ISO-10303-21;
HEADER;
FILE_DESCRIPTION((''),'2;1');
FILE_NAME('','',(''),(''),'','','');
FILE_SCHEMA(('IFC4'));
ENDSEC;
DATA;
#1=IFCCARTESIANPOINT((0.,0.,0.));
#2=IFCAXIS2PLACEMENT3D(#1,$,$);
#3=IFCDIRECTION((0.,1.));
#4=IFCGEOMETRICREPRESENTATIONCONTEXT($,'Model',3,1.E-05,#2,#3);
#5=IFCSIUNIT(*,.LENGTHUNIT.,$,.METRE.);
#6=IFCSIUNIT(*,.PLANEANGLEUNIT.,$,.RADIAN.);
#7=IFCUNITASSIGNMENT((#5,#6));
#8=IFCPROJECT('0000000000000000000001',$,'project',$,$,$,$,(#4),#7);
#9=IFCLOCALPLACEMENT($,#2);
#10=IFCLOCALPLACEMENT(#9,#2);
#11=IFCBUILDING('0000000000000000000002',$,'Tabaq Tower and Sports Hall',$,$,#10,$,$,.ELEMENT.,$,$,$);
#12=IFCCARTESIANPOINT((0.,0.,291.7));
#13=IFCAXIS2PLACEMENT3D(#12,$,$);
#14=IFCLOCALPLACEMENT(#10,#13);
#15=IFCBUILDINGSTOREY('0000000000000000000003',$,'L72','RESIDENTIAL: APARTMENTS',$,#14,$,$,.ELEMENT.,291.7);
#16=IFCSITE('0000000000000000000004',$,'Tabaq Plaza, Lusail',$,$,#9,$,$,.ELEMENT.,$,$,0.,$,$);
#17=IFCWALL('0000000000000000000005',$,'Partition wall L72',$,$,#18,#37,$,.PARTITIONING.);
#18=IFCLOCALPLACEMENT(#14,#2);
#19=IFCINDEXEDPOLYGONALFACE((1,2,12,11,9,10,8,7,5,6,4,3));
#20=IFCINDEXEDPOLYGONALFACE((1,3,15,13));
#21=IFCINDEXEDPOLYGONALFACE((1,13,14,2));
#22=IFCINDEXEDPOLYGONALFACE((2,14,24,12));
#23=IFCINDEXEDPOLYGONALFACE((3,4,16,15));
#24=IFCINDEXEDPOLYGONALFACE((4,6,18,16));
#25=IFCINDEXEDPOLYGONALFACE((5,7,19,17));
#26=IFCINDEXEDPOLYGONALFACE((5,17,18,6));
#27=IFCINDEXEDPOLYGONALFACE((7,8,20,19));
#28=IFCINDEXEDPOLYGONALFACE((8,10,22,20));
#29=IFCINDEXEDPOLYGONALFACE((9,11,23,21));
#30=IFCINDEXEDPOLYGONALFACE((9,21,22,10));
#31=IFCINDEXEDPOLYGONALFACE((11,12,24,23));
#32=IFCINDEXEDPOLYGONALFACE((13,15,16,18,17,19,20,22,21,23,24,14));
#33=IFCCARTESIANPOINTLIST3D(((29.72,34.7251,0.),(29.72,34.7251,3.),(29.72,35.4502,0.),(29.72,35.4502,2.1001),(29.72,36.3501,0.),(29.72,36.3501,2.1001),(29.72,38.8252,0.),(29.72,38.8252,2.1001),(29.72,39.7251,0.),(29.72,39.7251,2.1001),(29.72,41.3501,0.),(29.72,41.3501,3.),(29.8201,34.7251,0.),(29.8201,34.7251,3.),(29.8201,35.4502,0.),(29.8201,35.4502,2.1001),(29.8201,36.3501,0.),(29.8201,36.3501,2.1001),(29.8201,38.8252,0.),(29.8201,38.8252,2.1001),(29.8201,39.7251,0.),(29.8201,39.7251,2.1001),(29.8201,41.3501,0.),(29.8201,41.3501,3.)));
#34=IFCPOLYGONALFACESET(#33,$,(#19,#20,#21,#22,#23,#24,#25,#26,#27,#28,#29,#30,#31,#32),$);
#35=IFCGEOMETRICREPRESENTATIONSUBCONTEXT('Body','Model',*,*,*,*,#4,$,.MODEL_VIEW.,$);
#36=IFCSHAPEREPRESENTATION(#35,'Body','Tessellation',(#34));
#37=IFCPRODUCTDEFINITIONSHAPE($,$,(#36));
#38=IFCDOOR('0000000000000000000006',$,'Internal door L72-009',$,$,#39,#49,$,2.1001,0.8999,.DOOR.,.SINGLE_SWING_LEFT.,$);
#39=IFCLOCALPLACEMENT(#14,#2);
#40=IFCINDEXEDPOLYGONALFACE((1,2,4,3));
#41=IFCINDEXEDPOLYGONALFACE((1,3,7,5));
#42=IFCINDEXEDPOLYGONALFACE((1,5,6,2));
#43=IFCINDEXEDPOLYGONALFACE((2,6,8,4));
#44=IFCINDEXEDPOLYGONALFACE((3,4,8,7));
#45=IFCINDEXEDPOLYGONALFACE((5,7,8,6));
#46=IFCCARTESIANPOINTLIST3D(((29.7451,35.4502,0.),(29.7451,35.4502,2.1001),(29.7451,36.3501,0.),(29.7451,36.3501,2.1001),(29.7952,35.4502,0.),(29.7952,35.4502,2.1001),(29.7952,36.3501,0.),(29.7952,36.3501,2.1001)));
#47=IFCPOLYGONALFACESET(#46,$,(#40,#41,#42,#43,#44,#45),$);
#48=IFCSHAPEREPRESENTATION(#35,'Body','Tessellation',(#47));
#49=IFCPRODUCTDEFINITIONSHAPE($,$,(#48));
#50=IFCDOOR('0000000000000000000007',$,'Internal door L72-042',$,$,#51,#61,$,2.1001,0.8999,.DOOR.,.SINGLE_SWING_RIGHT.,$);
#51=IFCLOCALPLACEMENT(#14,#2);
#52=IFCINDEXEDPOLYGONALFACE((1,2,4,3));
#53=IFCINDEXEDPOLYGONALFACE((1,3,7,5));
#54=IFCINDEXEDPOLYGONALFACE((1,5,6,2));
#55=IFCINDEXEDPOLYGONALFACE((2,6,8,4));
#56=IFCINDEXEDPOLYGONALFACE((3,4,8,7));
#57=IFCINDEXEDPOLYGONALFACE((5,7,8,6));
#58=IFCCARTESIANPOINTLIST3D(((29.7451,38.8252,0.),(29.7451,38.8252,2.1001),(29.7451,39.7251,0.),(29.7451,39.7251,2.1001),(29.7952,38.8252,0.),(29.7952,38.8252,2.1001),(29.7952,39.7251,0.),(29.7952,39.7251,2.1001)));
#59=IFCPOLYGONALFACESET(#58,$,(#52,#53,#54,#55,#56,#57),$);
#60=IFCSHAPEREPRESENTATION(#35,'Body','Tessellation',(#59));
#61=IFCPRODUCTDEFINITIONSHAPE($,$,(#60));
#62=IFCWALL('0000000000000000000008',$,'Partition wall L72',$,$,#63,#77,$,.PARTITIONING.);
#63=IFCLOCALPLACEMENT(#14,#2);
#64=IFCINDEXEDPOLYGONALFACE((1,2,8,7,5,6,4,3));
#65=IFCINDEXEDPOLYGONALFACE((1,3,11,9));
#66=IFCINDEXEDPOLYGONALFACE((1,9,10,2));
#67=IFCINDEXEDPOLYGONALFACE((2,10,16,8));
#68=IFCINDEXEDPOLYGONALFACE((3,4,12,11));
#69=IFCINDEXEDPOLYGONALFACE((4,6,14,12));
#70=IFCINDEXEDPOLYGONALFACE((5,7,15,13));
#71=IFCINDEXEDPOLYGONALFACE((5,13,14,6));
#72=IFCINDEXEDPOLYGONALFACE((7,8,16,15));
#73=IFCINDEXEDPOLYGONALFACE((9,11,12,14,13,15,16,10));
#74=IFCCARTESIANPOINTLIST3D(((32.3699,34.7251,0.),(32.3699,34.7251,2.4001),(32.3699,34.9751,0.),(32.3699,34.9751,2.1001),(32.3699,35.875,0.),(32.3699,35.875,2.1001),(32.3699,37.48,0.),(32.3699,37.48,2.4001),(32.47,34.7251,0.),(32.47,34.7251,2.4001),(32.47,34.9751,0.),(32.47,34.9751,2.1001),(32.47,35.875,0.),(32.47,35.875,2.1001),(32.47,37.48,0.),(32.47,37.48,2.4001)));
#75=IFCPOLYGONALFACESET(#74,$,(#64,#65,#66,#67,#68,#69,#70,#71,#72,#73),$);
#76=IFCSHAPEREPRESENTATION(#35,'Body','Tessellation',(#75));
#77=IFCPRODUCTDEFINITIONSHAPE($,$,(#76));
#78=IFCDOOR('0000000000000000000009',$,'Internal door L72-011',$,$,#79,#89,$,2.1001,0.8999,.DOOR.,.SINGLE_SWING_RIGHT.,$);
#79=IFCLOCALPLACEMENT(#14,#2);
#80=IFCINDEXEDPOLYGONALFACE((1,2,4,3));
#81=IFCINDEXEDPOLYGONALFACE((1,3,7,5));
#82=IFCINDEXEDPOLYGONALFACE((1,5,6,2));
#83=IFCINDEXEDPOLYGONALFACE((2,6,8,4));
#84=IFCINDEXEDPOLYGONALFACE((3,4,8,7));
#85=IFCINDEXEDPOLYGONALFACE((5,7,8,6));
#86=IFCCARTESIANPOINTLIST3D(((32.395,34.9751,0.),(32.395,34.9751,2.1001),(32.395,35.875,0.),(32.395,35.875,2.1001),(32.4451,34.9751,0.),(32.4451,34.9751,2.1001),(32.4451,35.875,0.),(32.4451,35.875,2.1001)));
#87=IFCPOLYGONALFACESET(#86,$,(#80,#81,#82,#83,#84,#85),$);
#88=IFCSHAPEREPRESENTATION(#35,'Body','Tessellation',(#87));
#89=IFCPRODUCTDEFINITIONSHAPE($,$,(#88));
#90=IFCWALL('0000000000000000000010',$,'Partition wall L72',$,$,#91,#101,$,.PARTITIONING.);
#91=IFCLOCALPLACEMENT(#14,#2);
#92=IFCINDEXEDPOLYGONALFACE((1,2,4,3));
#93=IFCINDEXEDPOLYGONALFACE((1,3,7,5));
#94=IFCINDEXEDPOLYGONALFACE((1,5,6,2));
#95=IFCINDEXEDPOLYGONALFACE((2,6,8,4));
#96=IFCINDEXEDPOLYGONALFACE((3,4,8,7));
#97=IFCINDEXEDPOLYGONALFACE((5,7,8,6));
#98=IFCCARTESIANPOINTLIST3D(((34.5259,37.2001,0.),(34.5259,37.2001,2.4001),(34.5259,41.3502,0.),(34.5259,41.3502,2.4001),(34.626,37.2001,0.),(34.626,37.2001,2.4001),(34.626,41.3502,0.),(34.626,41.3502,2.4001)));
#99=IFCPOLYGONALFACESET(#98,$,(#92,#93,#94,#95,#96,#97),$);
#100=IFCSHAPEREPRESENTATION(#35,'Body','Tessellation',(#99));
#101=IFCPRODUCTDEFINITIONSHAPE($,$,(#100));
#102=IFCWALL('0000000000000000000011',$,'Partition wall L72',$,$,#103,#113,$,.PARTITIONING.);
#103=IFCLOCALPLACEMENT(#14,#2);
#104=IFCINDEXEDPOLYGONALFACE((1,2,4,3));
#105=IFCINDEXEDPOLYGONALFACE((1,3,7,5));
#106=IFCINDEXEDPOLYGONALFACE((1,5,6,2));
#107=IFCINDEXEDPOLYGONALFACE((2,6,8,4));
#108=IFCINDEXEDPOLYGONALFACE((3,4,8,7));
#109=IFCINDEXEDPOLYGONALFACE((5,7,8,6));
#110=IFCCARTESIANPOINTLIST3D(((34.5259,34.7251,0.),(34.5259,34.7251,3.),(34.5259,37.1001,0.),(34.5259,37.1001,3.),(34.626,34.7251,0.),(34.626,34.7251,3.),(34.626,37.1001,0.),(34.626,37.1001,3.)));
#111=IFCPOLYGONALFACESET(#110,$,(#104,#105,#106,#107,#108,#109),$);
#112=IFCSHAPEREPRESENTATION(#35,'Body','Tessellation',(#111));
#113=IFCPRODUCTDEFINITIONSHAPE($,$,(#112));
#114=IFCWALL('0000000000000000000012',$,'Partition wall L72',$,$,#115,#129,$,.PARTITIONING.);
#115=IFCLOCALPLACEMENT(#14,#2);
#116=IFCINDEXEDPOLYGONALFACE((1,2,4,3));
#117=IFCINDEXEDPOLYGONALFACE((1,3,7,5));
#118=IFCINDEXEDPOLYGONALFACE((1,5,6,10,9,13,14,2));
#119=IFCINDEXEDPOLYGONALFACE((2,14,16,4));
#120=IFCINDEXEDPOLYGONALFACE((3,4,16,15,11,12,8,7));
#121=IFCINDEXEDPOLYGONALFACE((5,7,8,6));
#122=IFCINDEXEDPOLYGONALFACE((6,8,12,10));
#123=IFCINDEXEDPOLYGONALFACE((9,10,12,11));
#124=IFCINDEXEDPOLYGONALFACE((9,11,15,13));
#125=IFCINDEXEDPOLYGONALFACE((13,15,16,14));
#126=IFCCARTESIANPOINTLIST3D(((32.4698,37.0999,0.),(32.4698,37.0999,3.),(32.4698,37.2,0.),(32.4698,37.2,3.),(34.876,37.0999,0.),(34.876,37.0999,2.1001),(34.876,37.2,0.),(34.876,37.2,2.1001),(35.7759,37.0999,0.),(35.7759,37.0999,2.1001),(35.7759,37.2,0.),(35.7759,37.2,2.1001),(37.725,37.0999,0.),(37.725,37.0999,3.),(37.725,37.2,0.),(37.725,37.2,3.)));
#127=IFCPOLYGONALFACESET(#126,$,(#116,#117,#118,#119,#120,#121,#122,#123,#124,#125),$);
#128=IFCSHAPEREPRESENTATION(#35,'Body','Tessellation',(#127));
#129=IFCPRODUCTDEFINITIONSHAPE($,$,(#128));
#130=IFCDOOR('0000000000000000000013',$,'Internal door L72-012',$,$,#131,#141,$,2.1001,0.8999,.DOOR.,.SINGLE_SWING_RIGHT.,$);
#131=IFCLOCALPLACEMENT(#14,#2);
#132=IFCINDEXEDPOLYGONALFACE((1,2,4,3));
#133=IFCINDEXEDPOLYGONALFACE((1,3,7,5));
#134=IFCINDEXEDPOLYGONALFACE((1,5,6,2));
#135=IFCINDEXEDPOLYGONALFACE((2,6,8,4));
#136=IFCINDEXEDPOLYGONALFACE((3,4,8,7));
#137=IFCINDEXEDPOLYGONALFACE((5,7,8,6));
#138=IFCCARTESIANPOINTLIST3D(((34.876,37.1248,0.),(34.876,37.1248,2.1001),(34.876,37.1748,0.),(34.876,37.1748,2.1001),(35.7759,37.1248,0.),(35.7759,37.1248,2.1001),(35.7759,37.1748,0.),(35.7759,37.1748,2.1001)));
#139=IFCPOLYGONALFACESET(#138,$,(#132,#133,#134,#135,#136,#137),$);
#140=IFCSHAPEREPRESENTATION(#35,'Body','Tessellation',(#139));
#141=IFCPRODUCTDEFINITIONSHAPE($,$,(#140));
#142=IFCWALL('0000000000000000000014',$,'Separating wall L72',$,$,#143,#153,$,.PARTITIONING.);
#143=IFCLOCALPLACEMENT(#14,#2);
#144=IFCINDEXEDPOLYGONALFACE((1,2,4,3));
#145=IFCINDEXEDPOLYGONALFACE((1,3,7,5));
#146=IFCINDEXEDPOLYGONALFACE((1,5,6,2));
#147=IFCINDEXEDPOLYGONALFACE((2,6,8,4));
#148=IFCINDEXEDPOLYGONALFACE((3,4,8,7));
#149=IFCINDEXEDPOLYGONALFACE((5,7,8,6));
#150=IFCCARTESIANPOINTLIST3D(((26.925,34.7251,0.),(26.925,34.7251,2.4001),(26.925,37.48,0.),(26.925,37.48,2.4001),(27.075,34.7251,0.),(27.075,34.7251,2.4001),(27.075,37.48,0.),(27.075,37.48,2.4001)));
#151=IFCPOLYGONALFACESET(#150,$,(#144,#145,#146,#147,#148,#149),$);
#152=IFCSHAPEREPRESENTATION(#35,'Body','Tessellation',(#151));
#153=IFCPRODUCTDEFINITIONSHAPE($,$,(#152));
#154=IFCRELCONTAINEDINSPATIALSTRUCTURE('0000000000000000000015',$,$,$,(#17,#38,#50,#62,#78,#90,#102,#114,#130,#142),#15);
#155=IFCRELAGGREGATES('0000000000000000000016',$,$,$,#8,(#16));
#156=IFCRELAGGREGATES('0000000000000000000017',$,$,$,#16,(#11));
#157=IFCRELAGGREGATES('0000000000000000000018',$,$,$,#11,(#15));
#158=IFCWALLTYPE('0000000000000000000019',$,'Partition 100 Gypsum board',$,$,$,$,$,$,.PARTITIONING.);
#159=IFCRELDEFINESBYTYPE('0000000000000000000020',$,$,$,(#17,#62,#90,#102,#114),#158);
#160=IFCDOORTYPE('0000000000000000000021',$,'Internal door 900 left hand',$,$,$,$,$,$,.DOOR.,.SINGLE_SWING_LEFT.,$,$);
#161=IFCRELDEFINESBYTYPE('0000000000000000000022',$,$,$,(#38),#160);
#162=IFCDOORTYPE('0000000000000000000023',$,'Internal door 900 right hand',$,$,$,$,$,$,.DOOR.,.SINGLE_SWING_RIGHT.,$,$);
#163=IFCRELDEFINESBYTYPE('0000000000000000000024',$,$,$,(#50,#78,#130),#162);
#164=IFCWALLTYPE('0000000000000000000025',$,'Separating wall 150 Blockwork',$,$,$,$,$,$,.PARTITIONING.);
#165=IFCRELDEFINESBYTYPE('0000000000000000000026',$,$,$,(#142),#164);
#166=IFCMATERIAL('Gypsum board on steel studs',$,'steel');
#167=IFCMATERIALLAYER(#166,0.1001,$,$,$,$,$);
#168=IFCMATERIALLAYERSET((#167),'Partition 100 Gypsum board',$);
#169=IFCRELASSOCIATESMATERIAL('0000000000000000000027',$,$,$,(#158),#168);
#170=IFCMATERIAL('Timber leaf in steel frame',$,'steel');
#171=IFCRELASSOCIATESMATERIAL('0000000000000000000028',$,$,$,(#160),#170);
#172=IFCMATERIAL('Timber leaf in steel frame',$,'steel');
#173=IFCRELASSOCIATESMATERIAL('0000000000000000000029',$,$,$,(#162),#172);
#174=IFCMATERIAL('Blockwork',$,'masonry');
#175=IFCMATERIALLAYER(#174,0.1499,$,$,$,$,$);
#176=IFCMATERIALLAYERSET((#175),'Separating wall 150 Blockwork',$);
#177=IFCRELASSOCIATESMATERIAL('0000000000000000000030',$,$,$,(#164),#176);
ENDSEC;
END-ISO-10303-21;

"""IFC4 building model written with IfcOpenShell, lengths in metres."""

from ifc_helpers import new_model, si_unit, direction, frame, frame_2d, origin, place, context, subcontext, project, spatial, rectangle, extrude, material, layer, layer_set, type_object, element, fill, save


model = new_model("IFC4")

# Units and contexts
model_context = context("Model", 3, precision=1e-05, world=origin(), true_north=direction((0.0, 1.0)))
body_context = subcontext(model_context, "Body", "Model", "MODEL_VIEW")
ifc_project = project(units=[si_unit("LENGTHUNIT", "METRE"), si_unit("PLANEANGLEUNIT", "RADIAN")], contexts=[model_context])

# Site, building, storey
site_placement = place(None, origin())
site = spatial("IfcSite", under=ifc_project, at=site_placement, Name="Tabaq Plaza, Lusail", CompositionType="ELEMENT", RefElevation=0.0)
building_placement = place(site_placement, origin())
building = spatial("IfcBuilding", under=site, at=building_placement, Name="Tabaq Tower and Sports Hall", CompositionType="ELEMENT")
storey_placement = place(building_placement, frame((0.0, 0.0, 291.7)))
storey = spatial("IfcBuildingStorey", under=building, at=storey_placement, Name="L72", Description="RESIDENTIAL: APARTMENTS", CompositionType="ELEMENT", Elevation=291.7)

# Shared definitions
ifc_material_1 = material(Name="Gypsum board on steel studs", Category="steel")
ifc_layer_1 = layer(ifc_material_1, 0.1001)
ifc_layer_set_1 = layer_set([ifc_layer_1], Name="Partition 100 Gypsum board")
wall_type_1 = type_object("IfcWallType", Name="Partition 100 Gypsum board", PredefinedType="PARTITIONING", material=ifc_layer_set_1)

# Wall, openings, doors
wall_1_placement = place(storey_placement, frame((29.77, 34.7251, 0.0), z_axis=(0.0, 0.0, 1.0), x_axis=(0.0, 1.0, 0.0)))
wall_1 = element("IfcWall", 1, at=wall_1_placement, inside=storey, type_object=wall_type_1, Name="Partition wall L72", PredefinedType="PARTITIONING", context=body_context, shape_type="SweptSolid", body=[
    extrude(rectangle(XDim=6.625, YDim=0.1001, at=frame_2d((3.3125, 0.0))), origin(), (0.0, 0.0, 1.0), 3.0),
])
opening_1_placement = place(wall_1_placement, frame((0.7251, 0.0, 0.0)))
opening_1 = element("IfcOpeningElement", 2, at=opening_1_placement, cuts=wall_1, PredefinedType="OPENING", context=body_context, shape_type="SweptSolid", body=[
    extrude(rectangle(XDim=0.8999, YDim=2.1001, at=frame_2d((0.45, 1.05))), frame((0.0, 0.05, 0.0), z_axis=(0.0, -1.0, 0.0), x_axis=(1.0, 0.0, 0.0)), (0.0, 0.0, 1.0), 0.1001),
])
opening_2_placement = place(wall_1_placement, frame((4.1001, 0.0, 0.0)))
opening_2 = element("IfcOpeningElement", 3, at=opening_2_placement, cuts=wall_1, PredefinedType="OPENING", context=body_context, shape_type="SweptSolid", body=[
    extrude(rectangle(XDim=0.8999, YDim=2.1001, at=frame_2d((0.45, 1.05))), frame((0.0, 0.05, 0.0), z_axis=(0.0, -1.0, 0.0), x_axis=(1.0, 0.0, 0.0)), (0.0, 0.0, 1.0), 0.1001),
])
ifc_material_2 = material(Name="Timber leaf in steel frame", Category="steel")
door_type_1 = type_object("IfcDoorType", Name="Internal door 900 left hand", OperationType="SINGLE_SWING_LEFT", PredefinedType="DOOR", material=ifc_material_2)
door_1_placement = place(opening_1_placement, origin())
door_1 = element("IfcDoor", 4, at=door_1_placement, inside=storey, type_object=door_type_1, Name="Internal door L72-009", OperationType="SINGLE_SWING_LEFT", OverallHeight=2.1001, OverallWidth=0.8999, PredefinedType="DOOR", context=body_context, shape_type="SweptSolid", body=[
    extrude(rectangle(XDim=0.8999, YDim=2.1001, at=frame_2d((0.45, 1.05))), frame((0.0, 0.0249, 0.0), z_axis=(0.0, -1.0, 0.0), x_axis=(1.0, 0.0, 0.0)), (0.0, 0.0, 1.0), 0.05),
])
fill(opening_1, door_1)
ifc_material_3 = material(Name="Timber leaf in steel frame", Category="steel")
door_type_2 = type_object("IfcDoorType", Name="Internal door 900 right hand", OperationType="SINGLE_SWING_RIGHT", PredefinedType="DOOR", material=ifc_material_3)
door_2_placement = place(opening_2_placement, origin())
door_2 = element("IfcDoor", 5, at=door_2_placement, inside=storey, type_object=door_type_2, Name="Internal door L72-042", OperationType="SINGLE_SWING_RIGHT", OverallHeight=2.1001, OverallWidth=0.8999, PredefinedType="DOOR", context=body_context, shape_type="SweptSolid", body=[
    extrude(rectangle(XDim=0.8999, YDim=2.1001, at=frame_2d((0.45, 1.05))), frame((0.0, 0.0249, 0.0), z_axis=(0.0, -1.0, 0.0), x_axis=(1.0, 0.0, 0.0)), (0.0, 0.0, 1.0), 0.05),
])
fill(opening_2, door_2)

# Wall, opening, door
wall_2_placement = place(storey_placement, frame((32.4199, 34.7251, 0.0), z_axis=(0.0, 0.0, 1.0), x_axis=(0.0, 1.0, 0.0)))
wall_2 = element("IfcWall", 6, at=wall_2_placement, inside=storey, type_object=wall_type_1, Name="Partition wall L72", PredefinedType="PARTITIONING", context=body_context, shape_type="SweptSolid", body=[
    extrude(rectangle(XDim=2.7549, YDim=0.1001, at=frame_2d((1.3774, 0.0))), origin(), (0.0, 0.0, 1.0), 2.4001),
])
opening_3_placement = place(wall_2_placement, frame((0.25, 0.0, 0.0)))
opening_3 = element("IfcOpeningElement", 7, at=opening_3_placement, cuts=wall_2, PredefinedType="OPENING", context=body_context, shape_type="SweptSolid", body=[
    extrude(rectangle(XDim=0.8999, YDim=2.1001, at=frame_2d((0.45, 1.05))), frame((0.0, 0.05, 0.0), z_axis=(0.0, -1.0, 0.0), x_axis=(1.0, 0.0, 0.0)), (0.0, 0.0, 1.0), 0.1001),
])
door_3_placement = place(opening_3_placement, origin())
door_3 = element("IfcDoor", 8, at=door_3_placement, inside=storey, type_object=door_type_2, Name="Internal door L72-011", OperationType="SINGLE_SWING_RIGHT", OverallHeight=2.1001, OverallWidth=0.8999, PredefinedType="DOOR", context=body_context, shape_type="SweptSolid", body=[
    extrude(rectangle(XDim=0.8999, YDim=2.1001, at=frame_2d((0.45, 1.05))), frame((0.0, 0.0249, 0.0), z_axis=(0.0, -1.0, 0.0), x_axis=(1.0, 0.0, 0.0)), (0.0, 0.0, 1.0), 0.05),
])
fill(opening_3, door_3)

# Walls
wall_3_placement = place(storey_placement, frame((34.5759, 37.2, 0.0), z_axis=(0.0, 0.0, 1.0), x_axis=(0.0, 1.0, 0.0)))
element("IfcWall", 9, at=wall_3_placement, inside=storey, type_object=wall_type_1, Name="Partition wall L72", PredefinedType="PARTITIONING", context=body_context, shape_type="SweptSolid", body=[
    extrude(rectangle(XDim=4.1501, YDim=0.1001, at=frame_2d((2.0752, 0.0))), origin(), (0.0, 0.0, 1.0), 2.4001),
])
wall_4_placement = place(storey_placement, frame((34.5759, 34.7251, 0.0), z_axis=(0.0, 0.0, 1.0), x_axis=(0.0, 1.0, 0.0)))
element("IfcWall", 10, at=wall_4_placement, inside=storey, type_object=wall_type_1, Name="Partition wall L72", PredefinedType="PARTITIONING", context=body_context, shape_type="SweptSolid", body=[
    extrude(rectangle(XDim=2.375, YDim=0.1001, at=frame_2d((1.1875, 0.0))), origin(), (0.0, 0.0, 1.0), 3.0),
])

# Wall, opening, door
wall_5_placement = place(storey_placement, frame((32.47, 37.1499, 0.0), z_axis=(0.0, 0.0, 1.0), x_axis=(1.0, 0.0, 0.0)))
wall_5 = element("IfcWall", 11, at=wall_5_placement, inside=storey, type_object=wall_type_1, Name="Partition wall L72", PredefinedType="PARTITIONING", context=body_context, shape_type="SweptSolid", body=[
    extrude(rectangle(XDim=5.2551, YDim=0.1001, at=frame_2d((2.6274, 0.0))), origin(), (0.0, 0.0, 1.0), 3.0),
])
opening_4_placement = place(wall_5_placement, frame((2.406, 0.0, 0.0)))
opening_4 = element("IfcOpeningElement", 12, at=opening_4_placement, cuts=wall_5, PredefinedType="OPENING", context=body_context, shape_type="SweptSolid", body=[
    extrude(rectangle(XDim=0.8999, YDim=2.1001, at=frame_2d((0.45, 1.05))), frame((0.0, 0.05, 0.0), z_axis=(0.0, -1.0, 0.0), x_axis=(1.0, 0.0, 0.0)), (0.0, 0.0, 1.0), 0.1001),
])
door_4_placement = place(opening_4_placement, origin())
door_4 = element("IfcDoor", 13, at=door_4_placement, inside=storey, type_object=door_type_2, Name="Internal door L72-012", OperationType="SINGLE_SWING_RIGHT", OverallHeight=2.1001, OverallWidth=0.8999, PredefinedType="DOOR", context=body_context, shape_type="SweptSolid", body=[
    extrude(rectangle(XDim=0.8999, YDim=2.1001, at=frame_2d((0.45, 1.05))), frame((0.0, 0.0249, 0.0), z_axis=(0.0, -1.0, 0.0), x_axis=(1.0, 0.0, 0.0)), (0.0, 0.0, 1.0), 0.05),
])
fill(opening_4, door_4)

# Wall
ifc_material_4 = material(Name="Blockwork", Category="masonry")
ifc_layer_2 = layer(ifc_material_4, 0.1499)
ifc_layer_set_2 = layer_set([ifc_layer_2], Name="Separating wall 150 Blockwork")
wall_type_2 = type_object("IfcWallType", Name="Separating wall 150 Blockwork", PredefinedType="PARTITIONING", material=ifc_layer_set_2)
wall_6_placement = place(storey_placement, frame((27.0, 34.7251, 0.0), z_axis=(0.0, 0.0, 1.0), x_axis=(0.0, 1.0, 0.0)))
element("IfcWall", 14, at=wall_6_placement, inside=storey, type_object=wall_type_2, Name="Separating wall L72", PredefinedType="PARTITIONING", context=body_context, shape_type="SweptSolid", body=[
    extrude(rectangle(XDim=2.7549, YDim=0.1499, at=frame_2d((1.3774, 0.0))), origin(), (0.0, 0.0, 1.0), 2.4001),
])

save(model, "model.ifc")
